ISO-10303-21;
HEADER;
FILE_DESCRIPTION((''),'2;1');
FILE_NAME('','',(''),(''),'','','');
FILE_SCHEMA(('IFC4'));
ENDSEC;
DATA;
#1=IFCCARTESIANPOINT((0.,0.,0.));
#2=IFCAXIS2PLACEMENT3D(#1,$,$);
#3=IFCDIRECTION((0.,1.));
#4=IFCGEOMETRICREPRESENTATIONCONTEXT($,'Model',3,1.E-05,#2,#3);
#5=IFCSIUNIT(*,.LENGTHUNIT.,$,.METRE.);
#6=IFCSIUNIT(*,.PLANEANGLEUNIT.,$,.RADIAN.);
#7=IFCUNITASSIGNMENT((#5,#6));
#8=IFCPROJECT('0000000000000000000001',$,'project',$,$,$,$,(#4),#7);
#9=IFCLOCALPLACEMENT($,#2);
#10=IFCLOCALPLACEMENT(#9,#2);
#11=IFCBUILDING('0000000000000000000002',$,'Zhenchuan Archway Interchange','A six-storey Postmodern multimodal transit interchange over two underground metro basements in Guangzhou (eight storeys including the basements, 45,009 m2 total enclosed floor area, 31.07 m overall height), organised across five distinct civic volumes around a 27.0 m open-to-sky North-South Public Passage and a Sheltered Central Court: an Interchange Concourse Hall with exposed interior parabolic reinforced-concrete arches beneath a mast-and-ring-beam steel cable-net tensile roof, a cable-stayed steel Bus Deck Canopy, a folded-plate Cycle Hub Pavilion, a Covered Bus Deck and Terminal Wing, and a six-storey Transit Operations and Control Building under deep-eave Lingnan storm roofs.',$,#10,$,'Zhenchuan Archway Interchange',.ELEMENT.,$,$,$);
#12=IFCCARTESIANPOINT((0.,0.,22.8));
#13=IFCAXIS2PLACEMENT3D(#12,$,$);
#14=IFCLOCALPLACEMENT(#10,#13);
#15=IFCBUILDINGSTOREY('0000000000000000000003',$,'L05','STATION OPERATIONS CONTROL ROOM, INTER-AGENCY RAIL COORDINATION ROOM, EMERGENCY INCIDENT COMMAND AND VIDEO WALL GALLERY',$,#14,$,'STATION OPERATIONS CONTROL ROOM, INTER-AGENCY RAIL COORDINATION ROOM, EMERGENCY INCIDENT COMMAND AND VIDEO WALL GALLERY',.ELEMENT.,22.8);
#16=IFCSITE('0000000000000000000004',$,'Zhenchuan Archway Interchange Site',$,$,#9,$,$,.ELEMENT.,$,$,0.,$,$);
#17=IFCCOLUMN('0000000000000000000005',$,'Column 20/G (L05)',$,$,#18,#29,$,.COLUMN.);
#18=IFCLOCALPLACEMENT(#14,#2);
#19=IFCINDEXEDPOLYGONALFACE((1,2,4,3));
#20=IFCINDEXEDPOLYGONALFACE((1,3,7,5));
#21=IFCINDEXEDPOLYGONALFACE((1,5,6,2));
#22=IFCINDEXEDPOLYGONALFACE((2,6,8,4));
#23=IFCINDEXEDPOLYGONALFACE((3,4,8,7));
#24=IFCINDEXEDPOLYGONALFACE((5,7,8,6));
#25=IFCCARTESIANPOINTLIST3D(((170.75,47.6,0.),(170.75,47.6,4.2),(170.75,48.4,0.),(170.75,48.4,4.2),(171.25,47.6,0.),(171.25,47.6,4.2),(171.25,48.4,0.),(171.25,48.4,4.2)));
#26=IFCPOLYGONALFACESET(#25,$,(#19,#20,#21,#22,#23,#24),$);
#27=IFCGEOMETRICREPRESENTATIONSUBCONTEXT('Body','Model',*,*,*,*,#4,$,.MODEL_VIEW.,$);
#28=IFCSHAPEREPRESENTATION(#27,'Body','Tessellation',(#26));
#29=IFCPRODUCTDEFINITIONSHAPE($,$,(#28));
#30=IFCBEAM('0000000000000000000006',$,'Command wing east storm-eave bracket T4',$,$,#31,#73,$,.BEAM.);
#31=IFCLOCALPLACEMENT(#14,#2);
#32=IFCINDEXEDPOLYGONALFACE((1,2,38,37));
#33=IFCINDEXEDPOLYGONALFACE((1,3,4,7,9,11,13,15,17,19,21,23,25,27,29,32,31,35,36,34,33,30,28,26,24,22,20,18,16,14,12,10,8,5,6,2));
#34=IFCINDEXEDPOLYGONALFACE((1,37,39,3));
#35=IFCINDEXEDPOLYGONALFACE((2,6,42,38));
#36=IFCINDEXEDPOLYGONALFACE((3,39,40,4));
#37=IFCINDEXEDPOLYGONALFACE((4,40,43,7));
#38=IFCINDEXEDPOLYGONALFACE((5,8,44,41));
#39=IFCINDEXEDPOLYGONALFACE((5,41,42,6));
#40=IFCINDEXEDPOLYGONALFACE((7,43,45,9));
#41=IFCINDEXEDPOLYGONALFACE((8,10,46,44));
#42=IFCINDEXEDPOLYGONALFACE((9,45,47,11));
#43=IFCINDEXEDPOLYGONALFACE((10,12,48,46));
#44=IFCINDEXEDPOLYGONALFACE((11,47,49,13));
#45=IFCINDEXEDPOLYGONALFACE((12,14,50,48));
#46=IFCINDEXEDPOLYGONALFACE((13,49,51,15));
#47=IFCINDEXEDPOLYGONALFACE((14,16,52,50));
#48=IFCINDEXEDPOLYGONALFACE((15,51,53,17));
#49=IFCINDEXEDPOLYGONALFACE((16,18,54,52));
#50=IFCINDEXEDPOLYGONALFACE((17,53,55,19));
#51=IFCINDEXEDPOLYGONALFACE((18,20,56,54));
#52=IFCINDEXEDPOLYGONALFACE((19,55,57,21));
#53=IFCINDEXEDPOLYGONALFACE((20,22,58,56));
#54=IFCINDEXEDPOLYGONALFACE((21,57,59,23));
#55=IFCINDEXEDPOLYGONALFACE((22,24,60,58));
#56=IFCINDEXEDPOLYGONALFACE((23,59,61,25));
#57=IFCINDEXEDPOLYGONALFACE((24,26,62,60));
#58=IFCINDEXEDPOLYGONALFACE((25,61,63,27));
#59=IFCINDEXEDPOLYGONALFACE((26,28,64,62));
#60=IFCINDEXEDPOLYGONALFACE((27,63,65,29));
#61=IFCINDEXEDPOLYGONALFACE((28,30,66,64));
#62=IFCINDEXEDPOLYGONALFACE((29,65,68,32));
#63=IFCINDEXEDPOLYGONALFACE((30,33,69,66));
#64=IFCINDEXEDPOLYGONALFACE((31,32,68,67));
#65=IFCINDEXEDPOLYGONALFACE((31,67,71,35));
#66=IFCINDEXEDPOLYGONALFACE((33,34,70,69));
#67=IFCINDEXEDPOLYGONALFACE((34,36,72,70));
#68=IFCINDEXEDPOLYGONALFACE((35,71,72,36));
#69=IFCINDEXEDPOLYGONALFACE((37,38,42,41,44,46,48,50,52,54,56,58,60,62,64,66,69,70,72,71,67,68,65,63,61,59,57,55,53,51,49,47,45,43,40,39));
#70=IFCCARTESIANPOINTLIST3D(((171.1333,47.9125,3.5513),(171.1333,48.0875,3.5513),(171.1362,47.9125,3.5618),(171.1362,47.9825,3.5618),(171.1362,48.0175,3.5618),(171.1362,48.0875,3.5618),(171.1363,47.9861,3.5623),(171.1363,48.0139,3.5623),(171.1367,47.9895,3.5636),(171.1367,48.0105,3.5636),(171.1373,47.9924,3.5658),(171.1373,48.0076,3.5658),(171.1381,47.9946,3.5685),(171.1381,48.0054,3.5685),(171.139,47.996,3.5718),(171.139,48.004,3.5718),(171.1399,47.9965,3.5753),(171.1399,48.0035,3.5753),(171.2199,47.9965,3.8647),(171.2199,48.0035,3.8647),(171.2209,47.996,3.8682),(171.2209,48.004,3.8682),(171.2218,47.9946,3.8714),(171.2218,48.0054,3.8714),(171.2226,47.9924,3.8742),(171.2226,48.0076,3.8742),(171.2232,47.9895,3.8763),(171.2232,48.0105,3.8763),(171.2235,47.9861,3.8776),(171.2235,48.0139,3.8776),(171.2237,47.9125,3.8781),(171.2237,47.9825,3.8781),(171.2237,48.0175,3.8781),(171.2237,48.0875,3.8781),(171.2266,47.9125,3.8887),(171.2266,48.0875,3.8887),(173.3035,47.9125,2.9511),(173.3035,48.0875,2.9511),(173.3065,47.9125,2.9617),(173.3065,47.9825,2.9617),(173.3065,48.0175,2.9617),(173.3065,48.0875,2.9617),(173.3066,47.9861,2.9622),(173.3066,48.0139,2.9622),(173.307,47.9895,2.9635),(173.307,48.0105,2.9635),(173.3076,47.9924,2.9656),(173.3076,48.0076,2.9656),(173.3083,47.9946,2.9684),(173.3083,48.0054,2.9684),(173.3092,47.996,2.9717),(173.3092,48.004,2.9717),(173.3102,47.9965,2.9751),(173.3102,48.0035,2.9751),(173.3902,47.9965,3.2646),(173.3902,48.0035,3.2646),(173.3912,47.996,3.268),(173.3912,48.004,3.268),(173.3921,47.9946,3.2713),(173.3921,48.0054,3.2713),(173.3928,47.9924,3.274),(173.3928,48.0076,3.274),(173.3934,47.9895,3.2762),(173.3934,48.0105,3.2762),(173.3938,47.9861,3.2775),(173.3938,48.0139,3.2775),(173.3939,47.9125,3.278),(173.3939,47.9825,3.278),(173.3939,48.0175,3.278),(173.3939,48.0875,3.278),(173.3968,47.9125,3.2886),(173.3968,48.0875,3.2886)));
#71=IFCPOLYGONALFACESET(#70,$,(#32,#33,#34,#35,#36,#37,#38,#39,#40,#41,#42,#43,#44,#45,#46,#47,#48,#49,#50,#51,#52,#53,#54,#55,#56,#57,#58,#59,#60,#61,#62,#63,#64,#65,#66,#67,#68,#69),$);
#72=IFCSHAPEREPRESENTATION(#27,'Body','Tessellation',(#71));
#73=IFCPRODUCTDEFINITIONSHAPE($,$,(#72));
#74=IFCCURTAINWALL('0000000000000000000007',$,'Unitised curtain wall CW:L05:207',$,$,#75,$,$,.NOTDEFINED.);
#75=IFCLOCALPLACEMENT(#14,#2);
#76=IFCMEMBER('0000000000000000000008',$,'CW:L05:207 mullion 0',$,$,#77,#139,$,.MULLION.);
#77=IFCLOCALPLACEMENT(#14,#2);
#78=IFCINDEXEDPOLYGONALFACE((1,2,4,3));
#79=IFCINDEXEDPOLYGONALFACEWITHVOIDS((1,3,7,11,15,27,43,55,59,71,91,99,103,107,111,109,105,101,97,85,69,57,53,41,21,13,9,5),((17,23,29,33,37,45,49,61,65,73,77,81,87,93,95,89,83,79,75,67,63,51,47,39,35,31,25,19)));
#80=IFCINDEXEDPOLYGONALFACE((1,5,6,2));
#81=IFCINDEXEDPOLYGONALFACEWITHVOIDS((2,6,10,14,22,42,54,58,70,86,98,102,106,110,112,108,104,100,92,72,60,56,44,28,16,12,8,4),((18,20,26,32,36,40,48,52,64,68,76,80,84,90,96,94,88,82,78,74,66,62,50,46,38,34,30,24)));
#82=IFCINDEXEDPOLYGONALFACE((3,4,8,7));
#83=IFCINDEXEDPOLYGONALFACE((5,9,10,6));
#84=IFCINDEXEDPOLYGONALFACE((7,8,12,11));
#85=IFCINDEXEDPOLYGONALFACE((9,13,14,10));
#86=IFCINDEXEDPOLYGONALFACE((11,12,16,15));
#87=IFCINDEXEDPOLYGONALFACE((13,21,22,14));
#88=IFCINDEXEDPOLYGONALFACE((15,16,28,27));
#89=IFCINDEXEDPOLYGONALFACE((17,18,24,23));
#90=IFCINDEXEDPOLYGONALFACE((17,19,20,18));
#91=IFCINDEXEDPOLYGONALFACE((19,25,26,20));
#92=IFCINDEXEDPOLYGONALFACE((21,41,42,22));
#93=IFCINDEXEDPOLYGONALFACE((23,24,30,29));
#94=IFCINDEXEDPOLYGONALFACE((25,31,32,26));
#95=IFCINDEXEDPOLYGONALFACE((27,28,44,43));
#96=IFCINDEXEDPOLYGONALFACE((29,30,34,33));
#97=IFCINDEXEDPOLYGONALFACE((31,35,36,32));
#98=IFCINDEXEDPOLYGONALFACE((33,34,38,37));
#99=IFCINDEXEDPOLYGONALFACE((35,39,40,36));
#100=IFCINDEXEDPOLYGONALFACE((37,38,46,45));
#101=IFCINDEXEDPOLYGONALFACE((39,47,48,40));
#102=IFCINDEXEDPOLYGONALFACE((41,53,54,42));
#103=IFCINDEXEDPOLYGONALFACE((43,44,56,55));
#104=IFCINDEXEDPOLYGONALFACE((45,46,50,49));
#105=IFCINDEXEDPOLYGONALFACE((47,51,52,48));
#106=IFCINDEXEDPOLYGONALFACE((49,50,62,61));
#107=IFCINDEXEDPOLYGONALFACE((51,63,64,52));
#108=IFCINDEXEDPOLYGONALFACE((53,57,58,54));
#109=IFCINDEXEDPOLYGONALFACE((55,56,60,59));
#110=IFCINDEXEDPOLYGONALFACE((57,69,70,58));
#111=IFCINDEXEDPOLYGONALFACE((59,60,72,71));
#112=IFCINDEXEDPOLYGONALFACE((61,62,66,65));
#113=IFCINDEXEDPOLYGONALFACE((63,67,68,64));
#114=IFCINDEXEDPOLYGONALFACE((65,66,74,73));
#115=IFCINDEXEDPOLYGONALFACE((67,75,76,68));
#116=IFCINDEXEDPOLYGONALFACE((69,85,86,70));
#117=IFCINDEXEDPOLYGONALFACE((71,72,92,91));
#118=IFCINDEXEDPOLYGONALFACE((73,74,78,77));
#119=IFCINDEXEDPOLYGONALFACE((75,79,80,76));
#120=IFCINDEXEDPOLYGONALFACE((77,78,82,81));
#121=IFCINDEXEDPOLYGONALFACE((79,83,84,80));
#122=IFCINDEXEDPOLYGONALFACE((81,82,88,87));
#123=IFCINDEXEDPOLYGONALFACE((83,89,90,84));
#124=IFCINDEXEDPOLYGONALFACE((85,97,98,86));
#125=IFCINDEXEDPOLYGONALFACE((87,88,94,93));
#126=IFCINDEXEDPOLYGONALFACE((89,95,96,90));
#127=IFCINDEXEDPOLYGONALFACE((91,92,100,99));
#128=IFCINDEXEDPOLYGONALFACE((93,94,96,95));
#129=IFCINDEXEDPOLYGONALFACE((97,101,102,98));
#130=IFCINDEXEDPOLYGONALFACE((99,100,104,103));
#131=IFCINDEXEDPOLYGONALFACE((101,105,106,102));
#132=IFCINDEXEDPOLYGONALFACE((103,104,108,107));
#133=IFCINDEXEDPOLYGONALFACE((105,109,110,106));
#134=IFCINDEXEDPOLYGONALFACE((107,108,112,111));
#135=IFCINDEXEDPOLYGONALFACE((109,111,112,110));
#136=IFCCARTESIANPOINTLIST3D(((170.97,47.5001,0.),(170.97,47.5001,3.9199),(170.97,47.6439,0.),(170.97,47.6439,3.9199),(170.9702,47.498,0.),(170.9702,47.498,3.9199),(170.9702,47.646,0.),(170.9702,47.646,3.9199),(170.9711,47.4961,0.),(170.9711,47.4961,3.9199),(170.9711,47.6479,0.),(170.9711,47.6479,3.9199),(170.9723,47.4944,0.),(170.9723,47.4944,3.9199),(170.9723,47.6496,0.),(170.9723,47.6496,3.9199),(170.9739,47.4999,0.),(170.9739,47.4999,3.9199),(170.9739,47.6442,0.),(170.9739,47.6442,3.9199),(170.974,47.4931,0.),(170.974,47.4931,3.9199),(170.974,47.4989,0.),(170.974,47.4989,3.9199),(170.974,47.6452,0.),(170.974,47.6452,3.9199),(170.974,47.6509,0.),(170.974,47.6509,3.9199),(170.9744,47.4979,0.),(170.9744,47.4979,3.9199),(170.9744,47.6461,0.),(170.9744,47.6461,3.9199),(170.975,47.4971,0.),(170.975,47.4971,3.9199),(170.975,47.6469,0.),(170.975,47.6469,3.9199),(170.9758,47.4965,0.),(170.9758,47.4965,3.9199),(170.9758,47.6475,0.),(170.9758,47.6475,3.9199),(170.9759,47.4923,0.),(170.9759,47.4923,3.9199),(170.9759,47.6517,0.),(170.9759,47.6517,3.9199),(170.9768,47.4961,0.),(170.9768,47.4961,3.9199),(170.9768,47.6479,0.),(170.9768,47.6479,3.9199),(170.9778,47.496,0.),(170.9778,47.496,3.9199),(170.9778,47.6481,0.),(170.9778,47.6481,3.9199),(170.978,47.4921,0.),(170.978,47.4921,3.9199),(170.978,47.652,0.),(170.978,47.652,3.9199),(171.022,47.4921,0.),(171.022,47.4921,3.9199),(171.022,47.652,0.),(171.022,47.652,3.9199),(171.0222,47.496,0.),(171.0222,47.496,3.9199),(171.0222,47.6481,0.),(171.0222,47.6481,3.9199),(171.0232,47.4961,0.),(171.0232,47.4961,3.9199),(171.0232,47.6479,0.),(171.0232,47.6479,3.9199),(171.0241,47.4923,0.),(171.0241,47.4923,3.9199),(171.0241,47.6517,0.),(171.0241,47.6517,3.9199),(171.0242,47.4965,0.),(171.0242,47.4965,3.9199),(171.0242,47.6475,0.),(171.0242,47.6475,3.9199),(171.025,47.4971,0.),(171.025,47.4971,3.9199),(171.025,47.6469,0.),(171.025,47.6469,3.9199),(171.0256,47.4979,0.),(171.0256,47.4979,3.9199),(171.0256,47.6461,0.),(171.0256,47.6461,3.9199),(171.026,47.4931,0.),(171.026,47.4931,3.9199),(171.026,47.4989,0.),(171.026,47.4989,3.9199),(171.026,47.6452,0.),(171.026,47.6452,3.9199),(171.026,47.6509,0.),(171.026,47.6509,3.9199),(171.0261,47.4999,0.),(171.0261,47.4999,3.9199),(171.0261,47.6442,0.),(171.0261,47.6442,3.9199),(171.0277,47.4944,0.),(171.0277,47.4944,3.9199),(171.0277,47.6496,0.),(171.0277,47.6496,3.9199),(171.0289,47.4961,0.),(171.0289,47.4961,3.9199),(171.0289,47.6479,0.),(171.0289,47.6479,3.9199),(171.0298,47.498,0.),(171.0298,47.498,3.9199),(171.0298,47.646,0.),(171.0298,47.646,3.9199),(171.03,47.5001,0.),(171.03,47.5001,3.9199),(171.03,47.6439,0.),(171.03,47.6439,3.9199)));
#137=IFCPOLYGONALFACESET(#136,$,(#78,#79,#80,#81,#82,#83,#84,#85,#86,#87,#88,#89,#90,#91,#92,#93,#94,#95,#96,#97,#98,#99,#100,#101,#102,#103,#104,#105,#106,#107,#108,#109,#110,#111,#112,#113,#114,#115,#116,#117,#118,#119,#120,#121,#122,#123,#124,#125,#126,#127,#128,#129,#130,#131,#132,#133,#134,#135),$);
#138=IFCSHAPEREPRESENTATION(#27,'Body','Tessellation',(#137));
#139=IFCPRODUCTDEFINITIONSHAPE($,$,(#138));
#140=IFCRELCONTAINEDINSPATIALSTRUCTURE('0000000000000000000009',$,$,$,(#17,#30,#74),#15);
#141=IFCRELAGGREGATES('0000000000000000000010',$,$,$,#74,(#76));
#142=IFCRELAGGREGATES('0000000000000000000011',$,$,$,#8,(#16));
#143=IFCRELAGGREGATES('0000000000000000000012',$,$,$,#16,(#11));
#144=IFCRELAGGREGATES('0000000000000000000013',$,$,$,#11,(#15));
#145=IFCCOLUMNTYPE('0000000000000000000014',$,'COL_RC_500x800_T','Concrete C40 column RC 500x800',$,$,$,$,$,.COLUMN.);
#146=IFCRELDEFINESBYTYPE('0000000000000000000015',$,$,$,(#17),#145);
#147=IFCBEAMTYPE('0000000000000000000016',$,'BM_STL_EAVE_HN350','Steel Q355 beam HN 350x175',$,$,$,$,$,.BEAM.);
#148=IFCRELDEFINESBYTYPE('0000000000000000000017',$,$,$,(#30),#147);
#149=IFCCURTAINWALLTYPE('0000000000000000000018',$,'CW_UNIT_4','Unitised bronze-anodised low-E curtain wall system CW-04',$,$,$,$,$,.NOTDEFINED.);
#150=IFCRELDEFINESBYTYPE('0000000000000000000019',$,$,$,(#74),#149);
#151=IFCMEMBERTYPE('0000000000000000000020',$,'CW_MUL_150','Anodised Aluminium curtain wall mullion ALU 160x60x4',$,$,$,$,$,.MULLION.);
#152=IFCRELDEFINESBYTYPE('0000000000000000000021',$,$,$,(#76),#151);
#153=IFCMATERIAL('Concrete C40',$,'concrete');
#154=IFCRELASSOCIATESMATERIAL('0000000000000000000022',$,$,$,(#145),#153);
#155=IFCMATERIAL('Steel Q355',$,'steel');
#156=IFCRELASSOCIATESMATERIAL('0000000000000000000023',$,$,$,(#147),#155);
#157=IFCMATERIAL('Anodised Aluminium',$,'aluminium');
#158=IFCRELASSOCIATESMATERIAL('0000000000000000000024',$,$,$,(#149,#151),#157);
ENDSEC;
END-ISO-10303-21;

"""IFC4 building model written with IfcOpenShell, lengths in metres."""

from ifc_helpers import new_model, si_unit, direction, frame, origin, origin_2d, place, context, subcontext, project, spatial, rectangle, hollow_rectangle, i_section, extrude, material, material_profile, profile_set, type_object, element, aggregate, save


model = new_model("IFC4")

# Units and contexts
model_context = context("Model", 3, precision=1e-05, world=origin(), true_north=direction((0.0, 1.0)))
body_context = subcontext(model_context, "Body", "Model", "MODEL_VIEW")
ifc_project = project(units=[si_unit("LENGTHUNIT", "METRE"), si_unit("PLANEANGLEUNIT", "RADIAN")], contexts=[model_context])

# Site, building, storey
site_placement = place(None, origin())
site = spatial("IfcSite", under=ifc_project, at=site_placement, Name="Zhenchuan Archway Interchange Site", CompositionType="ELEMENT", RefElevation=0.0)
building_placement = place(site_placement, origin())
building = spatial("IfcBuilding", under=site, at=building_placement, Name="Zhenchuan Archway Interchange", Description="A six-storey Postmodern multimodal transit interchange over two underground metro basements in Guangzhou (eight storeys including the basements, 45,009 m2 total enclosed floor area, 31.07 m overall height), organised across five distinct civic volumes around a 27.0 m open-to-sky North-South Public Passage and a Sheltered Central Court: an Interchange Concourse Hall with exposed interior parabolic reinforced-concrete arches beneath a mast-and-ring-beam steel cable-net tensile roof, a cable-stayed steel Bus Deck Canopy, a folded-plate Cycle Hub Pavilion, a Covered Bus Deck and Terminal Wing, and a six-storey Transit Operations and Control Building under deep-eave Lingnan storm roofs.", LongName="Zhenchuan Archway Interchange", CompositionType="ELEMENT")
storey_placement = place(building_placement, frame((0.0, 0.0, 22.8)))
storey = spatial("IfcBuildingStorey", under=building, at=storey_placement, Name="L05", Description="STATION OPERATIONS CONTROL ROOM, INTER-AGENCY RAIL COORDINATION ROOM, EMERGENCY INCIDENT COMMAND AND VIDEO WALL GALLERY", LongName="STATION OPERATIONS CONTROL ROOM, INTER-AGENCY RAIL COORDINATION ROOM, EMERGENCY INCIDENT COMMAND AND VIDEO WALL GALLERY", CompositionType="ELEMENT", Elevation=22.8)

# Column
ifc_material_1 = material(Name="Concrete C40", Category="concrete")
ifc_material_profile_1 = material_profile(ifc_material_1, rectangle(XDim=0.5, YDim=0.8, at=origin_2d()), Name="RC 500x800")
ifc_profile_set_1 = profile_set([ifc_material_profile_1], Name="Concrete C40")
column_type = type_object("IfcColumnType", Name="COL_RC_500x800_T", Description="Concrete C40 column RC 500x800", PredefinedType="COLUMN", material=ifc_profile_set_1)
column_placement = place(storey_placement, frame((171.0, 48.0, 0.0), z_axis=(0.0, 0.0, 1.0), x_axis=(1.0, 0.0, 0.0)))
element("IfcColumn", 1, at=column_placement, inside=storey, type_object=column_type, Name="Column 20/G (L05)", PredefinedType="COLUMN", context=body_context, shape_type="SweptSolid", body=[
    extrude(rectangle(XDim=0.5, YDim=0.8, at=origin_2d()), origin(), (0.0, 0.0, 1.0), 4.2),
])

# Beam
ifc_material_2 = material(Name="Steel Q355", Category="steel")
ifc_material_profile_2 = material_profile(ifc_material_2, i_section(OverallWidth=0.175, OverallDepth=0.3501, WebThickness=0.0071, FlangeThickness=0.011, FilletRadius=0.0139, at=origin_2d()), Name="HN 350x175")
ifc_profile_set_2 = profile_set([ifc_material_profile_2], Name="Steel Q355")
beam_type_1 = type_object("IfcBeamType", Name="BM_STL_EAVE_HN350", Description="Steel Q355 beam HN 350x175", PredefinedType="BEAM", material=ifc_profile_set_2)
beam_1_placement = place(storey_placement, frame((171.1799, 48.0, 3.72), z_axis=(0.963829, 0.0, -0.26652), x_axis=(0.0, 1.0, 0.0)))
element("IfcBeam", 2, at=beam_1_placement, inside=storey, type_object=beam_type_1, Name="Command wing east storm-eave bracket T4", PredefinedType="BEAM", context=body_context, shape_type="SweptSolid", body=[
    extrude(i_section(OverallWidth=0.175, OverallDepth=0.3501, WebThickness=0.0071, FlangeThickness=0.011, FilletRadius=0.0139, at=origin_2d()), origin(), (0.0, 0.0, 1.0), 2.2517),
])

# Curtain wall, member
ifc_material_3 = material(Name="Anodised Aluminium", Category="aluminium")
curtain_wall_type = type_object("IfcCurtainWallType", Name="CW_UNIT_4", Description="Unitised bronze-anodised low-E curtain wall system CW-04", PredefinedType="NOTDEFINED", material=ifc_material_3)
curtain_wall_placement = place(storey_placement, origin())
curtain_wall = element("IfcCurtainWall", 3, at=curtain_wall_placement, inside=storey, type_object=curtain_wall_type, Name="Unitised curtain wall CW:L05:207", PredefinedType="NOTDEFINED")
ifc_material_profile_3 = material_profile(ifc_material_3, hollow_rectangle(XDim=0.0601, YDim=0.1599, WallThickness=0.0039, InnerFilletRadius=0.0039, OuterFilletRadius=0.0081, at=origin_2d()), Name="ALU 160x60x4")
ifc_profile_set_3 = profile_set([ifc_material_profile_3], Name="Anodised Aluminium")
member_type_1 = type_object("IfcMemberType", Name="CW_MUL_150", Description="Anodised Aluminium curtain wall mullion ALU 160x60x4", PredefinedType="MULLION", material=ifc_profile_set_3)
member_1_placement = place(storey_placement, frame((171.0, 47.572, 0.0), z_axis=(0.0, 0.0, 1.0), x_axis=(1.0, 0.0, 0.0)))
member_1 = element("IfcMember", 4, at=member_1_placement, type_object=member_type_1, Name="CW:L05:207 mullion 0", PredefinedType="MULLION", context=body_context, shape_type="SweptSolid", body=[
    extrude(hollow_rectangle(XDim=0.0601, YDim=0.1599, WallThickness=0.0039, InnerFilletRadius=0.0039, OuterFilletRadius=0.0081, at=origin_2d()), origin(), (0.0, 0.0, 1.0), 3.9199),
])

aggregate(curtain_wall, [member_1])

save(model, "model.ifc")
